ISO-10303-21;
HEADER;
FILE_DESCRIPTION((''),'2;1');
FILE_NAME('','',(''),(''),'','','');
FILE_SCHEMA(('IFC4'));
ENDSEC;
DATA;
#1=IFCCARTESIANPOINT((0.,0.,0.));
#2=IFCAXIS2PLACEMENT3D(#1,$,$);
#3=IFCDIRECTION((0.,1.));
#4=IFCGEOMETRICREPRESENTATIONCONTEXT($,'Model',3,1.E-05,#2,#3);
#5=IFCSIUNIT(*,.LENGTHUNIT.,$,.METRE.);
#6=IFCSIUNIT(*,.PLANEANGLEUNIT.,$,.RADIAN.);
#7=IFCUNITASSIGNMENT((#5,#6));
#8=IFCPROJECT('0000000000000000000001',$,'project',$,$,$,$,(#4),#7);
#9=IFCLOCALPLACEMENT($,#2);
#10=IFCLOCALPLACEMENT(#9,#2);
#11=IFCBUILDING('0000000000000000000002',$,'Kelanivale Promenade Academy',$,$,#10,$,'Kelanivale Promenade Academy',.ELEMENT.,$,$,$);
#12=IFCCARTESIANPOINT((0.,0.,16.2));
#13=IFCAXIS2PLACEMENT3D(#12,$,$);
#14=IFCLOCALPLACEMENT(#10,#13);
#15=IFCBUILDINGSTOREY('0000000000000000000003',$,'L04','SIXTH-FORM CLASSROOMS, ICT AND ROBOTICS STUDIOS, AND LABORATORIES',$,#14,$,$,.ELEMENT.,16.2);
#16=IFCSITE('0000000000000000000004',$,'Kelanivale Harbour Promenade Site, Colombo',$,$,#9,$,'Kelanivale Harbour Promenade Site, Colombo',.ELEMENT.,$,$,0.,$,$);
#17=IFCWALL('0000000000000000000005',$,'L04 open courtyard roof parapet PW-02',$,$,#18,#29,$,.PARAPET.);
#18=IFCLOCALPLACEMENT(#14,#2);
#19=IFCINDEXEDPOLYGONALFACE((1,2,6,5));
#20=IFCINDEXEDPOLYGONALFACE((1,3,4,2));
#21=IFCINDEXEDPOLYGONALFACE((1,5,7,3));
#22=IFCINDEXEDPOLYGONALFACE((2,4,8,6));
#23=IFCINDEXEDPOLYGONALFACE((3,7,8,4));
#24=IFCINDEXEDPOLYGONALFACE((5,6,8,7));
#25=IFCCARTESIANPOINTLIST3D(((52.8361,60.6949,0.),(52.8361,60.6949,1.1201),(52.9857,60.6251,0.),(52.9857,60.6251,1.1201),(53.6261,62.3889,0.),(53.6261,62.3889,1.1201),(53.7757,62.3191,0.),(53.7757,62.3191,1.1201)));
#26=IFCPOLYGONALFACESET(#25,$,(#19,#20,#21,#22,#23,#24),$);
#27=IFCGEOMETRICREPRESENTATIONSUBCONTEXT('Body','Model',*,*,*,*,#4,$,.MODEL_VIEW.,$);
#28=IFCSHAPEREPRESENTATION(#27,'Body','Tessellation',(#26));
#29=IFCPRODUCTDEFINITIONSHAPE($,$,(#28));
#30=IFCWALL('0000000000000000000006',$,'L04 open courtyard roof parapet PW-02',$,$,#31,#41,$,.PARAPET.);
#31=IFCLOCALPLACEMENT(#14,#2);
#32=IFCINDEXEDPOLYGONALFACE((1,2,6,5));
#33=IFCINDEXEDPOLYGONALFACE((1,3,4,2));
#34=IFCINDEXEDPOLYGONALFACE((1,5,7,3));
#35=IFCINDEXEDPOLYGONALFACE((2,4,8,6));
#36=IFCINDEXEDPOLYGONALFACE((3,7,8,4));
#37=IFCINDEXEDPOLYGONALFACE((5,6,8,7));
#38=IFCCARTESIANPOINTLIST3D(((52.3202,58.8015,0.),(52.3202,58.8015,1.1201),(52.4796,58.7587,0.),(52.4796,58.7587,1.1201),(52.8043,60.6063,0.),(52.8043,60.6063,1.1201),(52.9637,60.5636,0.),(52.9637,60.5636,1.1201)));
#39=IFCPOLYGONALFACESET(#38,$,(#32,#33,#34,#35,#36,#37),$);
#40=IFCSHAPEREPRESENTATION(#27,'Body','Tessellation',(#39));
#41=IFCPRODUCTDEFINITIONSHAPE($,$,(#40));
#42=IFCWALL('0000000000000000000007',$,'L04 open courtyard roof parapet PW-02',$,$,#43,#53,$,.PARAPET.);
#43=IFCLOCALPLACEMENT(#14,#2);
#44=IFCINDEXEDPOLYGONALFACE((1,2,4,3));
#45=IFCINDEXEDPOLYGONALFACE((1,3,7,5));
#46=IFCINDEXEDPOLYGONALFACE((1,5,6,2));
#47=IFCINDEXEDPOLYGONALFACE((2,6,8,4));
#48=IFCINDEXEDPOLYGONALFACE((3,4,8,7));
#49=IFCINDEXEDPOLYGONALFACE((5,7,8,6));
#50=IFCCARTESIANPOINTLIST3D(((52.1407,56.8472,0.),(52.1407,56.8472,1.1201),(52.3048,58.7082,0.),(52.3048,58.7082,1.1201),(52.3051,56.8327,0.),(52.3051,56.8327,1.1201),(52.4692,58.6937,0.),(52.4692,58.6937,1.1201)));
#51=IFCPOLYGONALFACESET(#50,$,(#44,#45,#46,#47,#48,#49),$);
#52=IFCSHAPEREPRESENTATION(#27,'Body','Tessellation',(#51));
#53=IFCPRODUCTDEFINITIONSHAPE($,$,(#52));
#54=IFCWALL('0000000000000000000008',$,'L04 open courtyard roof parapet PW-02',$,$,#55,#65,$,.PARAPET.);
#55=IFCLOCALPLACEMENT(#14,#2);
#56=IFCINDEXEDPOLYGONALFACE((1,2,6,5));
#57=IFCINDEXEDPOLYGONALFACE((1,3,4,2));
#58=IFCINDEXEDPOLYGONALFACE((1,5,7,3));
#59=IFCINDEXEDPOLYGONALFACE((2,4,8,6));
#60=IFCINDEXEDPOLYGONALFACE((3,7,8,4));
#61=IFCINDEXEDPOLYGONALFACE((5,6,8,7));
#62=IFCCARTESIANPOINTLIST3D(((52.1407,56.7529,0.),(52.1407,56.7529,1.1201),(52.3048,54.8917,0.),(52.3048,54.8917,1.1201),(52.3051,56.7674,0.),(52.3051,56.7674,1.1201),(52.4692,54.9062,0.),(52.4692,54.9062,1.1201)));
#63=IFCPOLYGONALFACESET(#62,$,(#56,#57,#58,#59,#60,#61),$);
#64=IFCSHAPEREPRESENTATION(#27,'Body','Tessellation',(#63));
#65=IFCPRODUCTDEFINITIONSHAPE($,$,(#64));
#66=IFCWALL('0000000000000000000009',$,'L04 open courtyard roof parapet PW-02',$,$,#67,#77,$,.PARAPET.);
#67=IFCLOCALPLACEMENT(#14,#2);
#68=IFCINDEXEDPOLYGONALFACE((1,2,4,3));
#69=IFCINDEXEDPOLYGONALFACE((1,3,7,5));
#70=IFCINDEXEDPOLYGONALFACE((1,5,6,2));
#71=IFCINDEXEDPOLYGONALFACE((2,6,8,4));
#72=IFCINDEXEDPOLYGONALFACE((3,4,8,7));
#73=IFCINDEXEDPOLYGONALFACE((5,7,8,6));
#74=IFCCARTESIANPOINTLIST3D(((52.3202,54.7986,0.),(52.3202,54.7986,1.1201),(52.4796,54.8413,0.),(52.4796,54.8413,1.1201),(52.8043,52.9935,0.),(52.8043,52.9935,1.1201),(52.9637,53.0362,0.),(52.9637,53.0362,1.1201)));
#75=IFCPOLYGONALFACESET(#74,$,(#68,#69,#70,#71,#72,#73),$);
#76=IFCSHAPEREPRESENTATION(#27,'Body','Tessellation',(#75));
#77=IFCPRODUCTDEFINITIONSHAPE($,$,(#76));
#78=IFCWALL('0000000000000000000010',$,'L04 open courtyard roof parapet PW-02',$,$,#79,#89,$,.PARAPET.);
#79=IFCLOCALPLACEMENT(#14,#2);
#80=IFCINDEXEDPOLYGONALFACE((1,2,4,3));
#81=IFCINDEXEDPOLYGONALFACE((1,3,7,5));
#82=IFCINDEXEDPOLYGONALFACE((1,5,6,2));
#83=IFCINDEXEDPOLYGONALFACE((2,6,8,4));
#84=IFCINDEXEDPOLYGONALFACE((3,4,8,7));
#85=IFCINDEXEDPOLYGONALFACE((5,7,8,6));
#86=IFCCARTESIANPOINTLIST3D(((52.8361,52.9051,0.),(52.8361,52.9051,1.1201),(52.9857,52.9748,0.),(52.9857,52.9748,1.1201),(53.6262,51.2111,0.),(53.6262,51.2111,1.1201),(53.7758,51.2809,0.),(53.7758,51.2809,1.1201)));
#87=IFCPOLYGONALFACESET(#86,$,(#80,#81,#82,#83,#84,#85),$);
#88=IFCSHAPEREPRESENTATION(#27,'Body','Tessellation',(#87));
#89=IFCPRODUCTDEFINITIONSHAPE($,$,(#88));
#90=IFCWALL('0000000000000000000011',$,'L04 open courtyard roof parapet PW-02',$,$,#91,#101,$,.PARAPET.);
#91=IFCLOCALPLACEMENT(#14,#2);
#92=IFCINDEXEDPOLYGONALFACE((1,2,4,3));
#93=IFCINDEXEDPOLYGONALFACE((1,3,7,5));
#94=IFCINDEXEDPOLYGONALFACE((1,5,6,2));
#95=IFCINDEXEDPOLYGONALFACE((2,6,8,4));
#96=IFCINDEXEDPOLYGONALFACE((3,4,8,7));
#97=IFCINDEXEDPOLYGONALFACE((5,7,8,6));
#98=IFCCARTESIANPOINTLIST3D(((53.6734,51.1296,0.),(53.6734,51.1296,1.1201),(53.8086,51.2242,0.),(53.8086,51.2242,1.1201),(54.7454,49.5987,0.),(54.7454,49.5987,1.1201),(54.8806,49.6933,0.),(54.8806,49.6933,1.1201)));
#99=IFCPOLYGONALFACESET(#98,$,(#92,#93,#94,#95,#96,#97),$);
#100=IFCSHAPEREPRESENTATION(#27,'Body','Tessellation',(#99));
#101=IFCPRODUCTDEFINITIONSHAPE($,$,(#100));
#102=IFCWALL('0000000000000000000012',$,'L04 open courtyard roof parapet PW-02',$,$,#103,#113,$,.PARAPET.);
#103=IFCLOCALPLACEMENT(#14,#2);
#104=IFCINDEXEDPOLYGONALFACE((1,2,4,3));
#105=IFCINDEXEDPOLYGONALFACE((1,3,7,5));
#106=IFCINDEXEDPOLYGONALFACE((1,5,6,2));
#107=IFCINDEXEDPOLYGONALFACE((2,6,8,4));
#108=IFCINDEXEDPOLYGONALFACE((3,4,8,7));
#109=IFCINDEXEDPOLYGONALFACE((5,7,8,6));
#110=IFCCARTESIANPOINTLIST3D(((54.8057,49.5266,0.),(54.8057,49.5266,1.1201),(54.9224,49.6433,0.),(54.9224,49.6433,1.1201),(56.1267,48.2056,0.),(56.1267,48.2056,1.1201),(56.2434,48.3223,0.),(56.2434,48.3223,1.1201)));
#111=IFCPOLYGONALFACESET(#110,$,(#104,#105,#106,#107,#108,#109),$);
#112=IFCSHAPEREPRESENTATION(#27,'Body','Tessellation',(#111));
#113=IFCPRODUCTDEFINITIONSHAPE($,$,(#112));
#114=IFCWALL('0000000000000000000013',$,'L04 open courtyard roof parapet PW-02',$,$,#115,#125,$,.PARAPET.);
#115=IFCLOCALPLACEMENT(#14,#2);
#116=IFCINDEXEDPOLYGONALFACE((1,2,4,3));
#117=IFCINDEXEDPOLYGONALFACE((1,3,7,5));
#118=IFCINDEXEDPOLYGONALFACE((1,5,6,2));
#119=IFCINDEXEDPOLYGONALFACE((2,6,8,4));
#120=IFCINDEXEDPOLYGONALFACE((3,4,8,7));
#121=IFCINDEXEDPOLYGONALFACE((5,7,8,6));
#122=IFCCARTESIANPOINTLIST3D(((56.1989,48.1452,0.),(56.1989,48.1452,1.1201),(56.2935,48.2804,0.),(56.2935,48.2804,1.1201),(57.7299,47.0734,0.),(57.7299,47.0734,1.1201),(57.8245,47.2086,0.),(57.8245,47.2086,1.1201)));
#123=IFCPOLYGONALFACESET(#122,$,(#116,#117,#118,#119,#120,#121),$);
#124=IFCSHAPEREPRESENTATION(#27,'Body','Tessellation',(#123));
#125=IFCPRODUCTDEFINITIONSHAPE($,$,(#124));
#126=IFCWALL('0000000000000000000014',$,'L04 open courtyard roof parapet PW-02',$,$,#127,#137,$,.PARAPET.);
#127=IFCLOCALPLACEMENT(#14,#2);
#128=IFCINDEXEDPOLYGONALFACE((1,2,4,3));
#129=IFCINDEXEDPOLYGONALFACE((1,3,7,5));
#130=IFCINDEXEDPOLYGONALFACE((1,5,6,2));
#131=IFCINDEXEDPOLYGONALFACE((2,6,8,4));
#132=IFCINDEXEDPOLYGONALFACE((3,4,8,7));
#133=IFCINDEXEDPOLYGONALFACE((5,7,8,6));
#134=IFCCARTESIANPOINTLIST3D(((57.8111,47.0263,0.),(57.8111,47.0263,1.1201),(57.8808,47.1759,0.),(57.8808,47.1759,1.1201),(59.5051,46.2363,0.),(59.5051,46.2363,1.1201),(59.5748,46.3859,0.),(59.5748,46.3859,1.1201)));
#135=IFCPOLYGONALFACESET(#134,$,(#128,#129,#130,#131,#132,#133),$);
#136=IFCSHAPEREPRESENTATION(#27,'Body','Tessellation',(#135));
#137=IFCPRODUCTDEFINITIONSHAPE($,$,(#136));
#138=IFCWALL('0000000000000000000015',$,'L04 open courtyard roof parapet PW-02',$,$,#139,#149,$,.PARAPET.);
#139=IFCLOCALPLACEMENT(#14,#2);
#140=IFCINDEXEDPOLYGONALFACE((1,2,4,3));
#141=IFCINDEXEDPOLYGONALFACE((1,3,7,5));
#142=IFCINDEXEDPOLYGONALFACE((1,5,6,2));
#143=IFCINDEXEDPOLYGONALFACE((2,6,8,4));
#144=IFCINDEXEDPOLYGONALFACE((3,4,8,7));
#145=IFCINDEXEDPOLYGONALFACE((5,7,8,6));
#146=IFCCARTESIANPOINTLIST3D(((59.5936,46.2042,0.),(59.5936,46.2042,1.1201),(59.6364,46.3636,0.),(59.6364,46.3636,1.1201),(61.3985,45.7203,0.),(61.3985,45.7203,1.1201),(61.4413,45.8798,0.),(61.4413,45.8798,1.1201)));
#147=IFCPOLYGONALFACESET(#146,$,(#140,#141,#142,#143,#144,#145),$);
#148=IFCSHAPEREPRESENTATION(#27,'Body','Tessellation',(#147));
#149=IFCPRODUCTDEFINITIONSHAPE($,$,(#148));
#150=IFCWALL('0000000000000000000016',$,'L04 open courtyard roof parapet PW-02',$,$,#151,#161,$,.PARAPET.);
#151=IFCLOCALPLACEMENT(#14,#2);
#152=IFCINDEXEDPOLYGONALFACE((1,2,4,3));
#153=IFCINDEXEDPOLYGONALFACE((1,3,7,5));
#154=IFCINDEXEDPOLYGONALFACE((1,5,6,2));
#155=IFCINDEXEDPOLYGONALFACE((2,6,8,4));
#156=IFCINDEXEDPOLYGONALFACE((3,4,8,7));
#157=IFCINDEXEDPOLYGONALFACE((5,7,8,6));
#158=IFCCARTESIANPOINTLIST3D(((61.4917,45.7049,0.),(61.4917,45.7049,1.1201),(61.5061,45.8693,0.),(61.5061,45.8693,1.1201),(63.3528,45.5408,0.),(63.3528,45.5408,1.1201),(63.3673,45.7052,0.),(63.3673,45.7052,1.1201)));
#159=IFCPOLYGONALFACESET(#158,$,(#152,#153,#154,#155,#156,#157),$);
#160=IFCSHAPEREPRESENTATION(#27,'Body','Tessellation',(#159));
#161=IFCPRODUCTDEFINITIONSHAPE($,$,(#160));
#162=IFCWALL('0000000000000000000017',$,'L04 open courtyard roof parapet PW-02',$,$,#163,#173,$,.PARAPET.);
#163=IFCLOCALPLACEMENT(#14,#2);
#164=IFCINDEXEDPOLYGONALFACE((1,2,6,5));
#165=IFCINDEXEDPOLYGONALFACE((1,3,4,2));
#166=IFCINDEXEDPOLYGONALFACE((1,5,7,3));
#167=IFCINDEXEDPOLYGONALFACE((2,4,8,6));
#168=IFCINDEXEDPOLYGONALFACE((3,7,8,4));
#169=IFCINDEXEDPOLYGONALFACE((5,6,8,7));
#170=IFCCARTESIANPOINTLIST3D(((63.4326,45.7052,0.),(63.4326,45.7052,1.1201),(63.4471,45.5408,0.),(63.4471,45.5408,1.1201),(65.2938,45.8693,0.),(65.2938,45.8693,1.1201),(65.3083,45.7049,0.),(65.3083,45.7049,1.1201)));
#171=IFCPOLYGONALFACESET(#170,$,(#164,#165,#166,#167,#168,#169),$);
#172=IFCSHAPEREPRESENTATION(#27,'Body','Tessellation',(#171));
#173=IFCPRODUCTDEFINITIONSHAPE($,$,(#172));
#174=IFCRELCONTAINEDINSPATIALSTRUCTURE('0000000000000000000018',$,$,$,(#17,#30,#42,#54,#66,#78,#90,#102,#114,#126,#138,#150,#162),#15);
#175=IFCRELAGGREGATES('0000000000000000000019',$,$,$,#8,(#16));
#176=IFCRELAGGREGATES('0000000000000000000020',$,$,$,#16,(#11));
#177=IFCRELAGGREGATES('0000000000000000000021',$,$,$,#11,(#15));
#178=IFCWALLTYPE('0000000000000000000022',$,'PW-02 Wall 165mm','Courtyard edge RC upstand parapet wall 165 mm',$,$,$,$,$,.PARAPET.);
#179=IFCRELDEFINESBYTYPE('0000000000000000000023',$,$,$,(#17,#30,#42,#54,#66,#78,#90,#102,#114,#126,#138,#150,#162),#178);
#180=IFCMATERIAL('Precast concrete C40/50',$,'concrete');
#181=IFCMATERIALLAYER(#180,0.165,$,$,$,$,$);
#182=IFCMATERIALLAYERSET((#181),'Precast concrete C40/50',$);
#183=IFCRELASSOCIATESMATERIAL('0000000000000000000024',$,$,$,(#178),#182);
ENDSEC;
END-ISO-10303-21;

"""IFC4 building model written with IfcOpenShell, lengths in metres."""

from ifc_helpers import new_model, si_unit, direction, frame, frame_2d, origin, place, context, subcontext, project, spatial, rectangle, extrude, material, layer, layer_set, type_object, element, save


model = new_model("IFC4")

# Units and contexts
model_context = context("Model", 3, precision=1e-05, world=origin(), true_north=direction((0.0, 1.0)))
body_context = subcontext(model_context, "Body", "Model", "MODEL_VIEW")
ifc_project = project(units=[si_unit("LENGTHUNIT", "METRE"), si_unit("PLANEANGLEUNIT", "RADIAN")], contexts=[model_context])

# Site, building, storey
site_placement = place(None, origin())
site = spatial("IfcSite", under=ifc_project, at=site_placement, Name="Kelanivale Harbour Promenade Site, Colombo", LongName="Kelanivale Harbour Promenade Site, Colombo", CompositionType="ELEMENT", RefElevation=0.0)
building_placement = place(site_placement, origin())
building = spatial("IfcBuilding", under=site, at=building_placement, Name="Kelanivale Promenade Academy", LongName="Kelanivale Promenade Academy", CompositionType="ELEMENT")
storey_placement = place(building_placement, frame((0.0, 0.0, 16.2)))
storey = spatial("IfcBuildingStorey", under=building, at=storey_placement, Name="L04", Description="SIXTH-FORM CLASSROOMS, ICT AND ROBOTICS STUDIOS, AND LABORATORIES", CompositionType="ELEMENT", Elevation=16.2)

# Walls
ifc_material_1 = material(Name="Precast concrete C40/50", Category="concrete")
ifc_layer_1 = layer(ifc_material_1, 0.165)
ifc_layer_set_1 = layer_set([ifc_layer_1], Name="Precast concrete C40/50")
wall_type_1 = type_object("IfcWallType", Name="PW-02 Wall 165mm", Description="Courtyard edge RC upstand parapet wall 165 mm", PredefinedType="PARAPET", material=ifc_layer_set_1)
wall_1_placement = place(storey_placement, frame((53.7009, 62.354, 0.0), z_axis=(0.0, 0.0, 1.0), x_axis=(-0.422649, -0.906293, 0.0)))
element("IfcWall", 1, at=wall_1_placement, inside=storey, type_object=wall_type_1, Name="L04 open courtyard roof parapet PW-02", PredefinedType="PARAPET", context=body_context, shape_type="SweptSolid", body=[
    extrude(rectangle(XDim=1.8691, YDim=0.165, at=frame_2d((0.9346, 0.0))), origin(), (0.0, 0.0, 1.0), 1.1201),
])
wall_2_placement = place(storey_placement, frame((52.884, 60.585, 0.0), z_axis=(0.0, 0.0, 1.0), x_axis=(-0.259069, -0.965859, 0.0)))
element("IfcWall", 2, at=wall_2_placement, inside=storey, type_object=wall_type_1, Name="L04 open courtyard roof parapet PW-02", PredefinedType="PARAPET", context=body_context, shape_type="SweptSolid", body=[
    extrude(rectangle(XDim=1.8687, YDim=0.165, at=frame_2d((0.9343, 0.0))), origin(), (0.0, 0.0, 1.0), 1.1201),
])
wall_3_placement = place(storey_placement, frame((52.387, 58.7009, 0.0), z_axis=(0.0, 0.0, 1.0), x_axis=(-0.087825, -0.996136, 0.0)))
element("IfcWall", 3, at=wall_3_placement, inside=storey, type_object=wall_type_1, Name="L04 open courtyard roof parapet PW-02", PredefinedType="PARAPET", context=body_context, shape_type="SweptSolid", body=[
    extrude(rectangle(XDim=1.8682, YDim=0.165, at=frame_2d((0.9341, 0.0))), origin(), (0.0, 0.0, 1.0), 1.1201),
])
wall_4_placement = place(storey_placement, frame((52.2229, 56.76, 0.0), z_axis=(0.0, 0.0, 1.0), x_axis=(0.087814, -0.996137, 0.0)))
element("IfcWall", 4, at=wall_4_placement, inside=storey, type_object=wall_type_1, Name="L04 open courtyard roof parapet PW-02", PredefinedType="PARAPET", context=body_context, shape_type="SweptSolid", body=[
    extrude(rectangle(XDim=1.8684, YDim=0.165, at=frame_2d((0.9341, 0.0))), origin(), (0.0, 0.0, 1.0), 1.1201),
])
wall_5_placement = place(storey_placement, frame((52.3999, 54.8201, 0.0), z_axis=(0.0, 0.0, 1.0), x_axis=(0.259036, -0.965868, 0.0)))
element("IfcWall", 5, at=wall_5_placement, inside=storey, type_object=wall_type_1, Name="L04 open courtyard roof parapet PW-02", PredefinedType="PARAPET", context=body_context, shape_type="SweptSolid", body=[
    extrude(rectangle(XDim=1.8689, YDim=0.165, at=frame_2d((0.9346, 0.0))), origin(), (0.0, 0.0, 1.0), 1.1201),
])
wall_6_placement = place(storey_placement, frame((52.9109, 52.9399, 0.0), z_axis=(0.0, 0.0, 1.0), x_axis=(0.4227, -0.90627, 0.0)))
element("IfcWall", 6, at=wall_6_placement, inside=storey, type_object=wall_type_1, Name="L04 open courtyard roof parapet PW-02", PredefinedType="PARAPET", context=body_context, shape_type="SweptSolid", body=[
    extrude(rectangle(XDim=1.8691, YDim=0.165, at=frame_2d((0.9346, 0.0))), origin(), (0.0, 0.0, 1.0), 1.1201),
])
wall_7_placement = place(storey_placement, frame((53.741, 51.177, 0.0), z_axis=(0.0, 0.0, 1.0), x_axis=(0.573576, -0.819152, 0.0)))
element("IfcWall", 7, at=wall_7_placement, inside=storey, type_object=wall_type_1, Name="L04 open courtyard roof parapet PW-02", PredefinedType="PARAPET", context=body_context, shape_type="SweptSolid", body=[
    extrude(rectangle(XDim=1.8689, YDim=0.165, at=frame_2d((0.9346, 0.0))), origin(), (0.0, 0.0, 1.0), 1.1201),
])
wall_8_placement = place(storey_placement, frame((54.864, 49.585, 0.0), z_axis=(0.0, 0.0, 1.0), x_axis=(0.707107, -0.707107, 0.0)))
element("IfcWall", 8, at=wall_8_placement, inside=storey, type_object=wall_type_1, Name="L04 open courtyard roof parapet PW-02", PredefinedType="PARAPET", context=body_context, shape_type="SweptSolid", body=[
    extrude(rectangle(XDim=1.8682, YDim=0.165, at=frame_2d((0.9341, 0.0))), origin(), (0.0, 0.0, 1.0), 1.1201),
])
wall_9_placement = place(storey_placement, frame((56.2461, 48.2129, 0.0), z_axis=(0.0, 0.0, 1.0), x_axis=(0.819214, -0.573489, 0.0)))
element("IfcWall", 9, at=wall_9_placement, inside=storey, type_object=wall_type_1, Name="L04 open courtyard roof parapet PW-02", PredefinedType="PARAPET", context=body_context, shape_type="SweptSolid", body=[
    extrude(rectangle(XDim=1.8689, YDim=0.165, at=frame_2d((0.9346, 0.0))), origin(), (0.0, 0.0, 1.0), 1.1201),
])
wall_10_placement = place(storey_placement, frame((57.8459, 47.1011, 0.0), z_axis=(0.0, 0.0, 1.0), x_axis=(0.906293, -0.422649, 0.0)))
element("IfcWall", 10, at=wall_10_placement, inside=storey, type_object=wall_type_1, Name="L04 open courtyard roof parapet PW-02", PredefinedType="PARAPET", context=body_context, shape_type="SweptSolid", body=[
    extrude(rectangle(XDim=1.8691, YDim=0.165, at=frame_2d((0.9346, 0.0))), origin(), (0.0, 0.0, 1.0), 1.1201),
])
wall_11_placement = place(storey_placement, frame((59.615, 46.2839, 0.0), z_axis=(0.0, 0.0, 1.0), x_axis=(0.965891, -0.258947, 0.0)))
element("IfcWall", 11, at=wall_11_placement, inside=storey, type_object=wall_type_1, Name="L04 open courtyard roof parapet PW-02", PredefinedType="PARAPET", context=body_context, shape_type="SweptSolid", body=[
    extrude(rectangle(XDim=1.8687, YDim=0.165, at=frame_2d((0.9343, 0.0))), origin(), (0.0, 0.0, 1.0), 1.1201),
])
for number, where, z_axis, x_axis, name in (
    (12, (61.499, 45.7871, 0.0), (0.0, 0.0, 1.0), (0.996137, -0.087814, 0.0), "L04 open courtyard roof parapet PW-02"),
    (13, (63.4399, 45.623, 0.0), (0.0, 0.0, 1.0), (0.996137, 0.087814, 0.0), "L04 open courtyard roof parapet PW-02"),
):
    element("IfcWall", number, at=place(storey_placement, frame(where, z_axis=z_axis, x_axis=x_axis)), inside=storey, type_object=wall_type_1, Name=name, PredefinedType="PARAPET", context=body_context, shape_type="SweptSolid", body=[
        extrude(rectangle(XDim=1.8684, YDim=0.165, at=frame_2d((0.9341, 0.0))), origin(), (0.0, 0.0, 1.0), 1.1201),
    ])

save(model, "model.ifc")
